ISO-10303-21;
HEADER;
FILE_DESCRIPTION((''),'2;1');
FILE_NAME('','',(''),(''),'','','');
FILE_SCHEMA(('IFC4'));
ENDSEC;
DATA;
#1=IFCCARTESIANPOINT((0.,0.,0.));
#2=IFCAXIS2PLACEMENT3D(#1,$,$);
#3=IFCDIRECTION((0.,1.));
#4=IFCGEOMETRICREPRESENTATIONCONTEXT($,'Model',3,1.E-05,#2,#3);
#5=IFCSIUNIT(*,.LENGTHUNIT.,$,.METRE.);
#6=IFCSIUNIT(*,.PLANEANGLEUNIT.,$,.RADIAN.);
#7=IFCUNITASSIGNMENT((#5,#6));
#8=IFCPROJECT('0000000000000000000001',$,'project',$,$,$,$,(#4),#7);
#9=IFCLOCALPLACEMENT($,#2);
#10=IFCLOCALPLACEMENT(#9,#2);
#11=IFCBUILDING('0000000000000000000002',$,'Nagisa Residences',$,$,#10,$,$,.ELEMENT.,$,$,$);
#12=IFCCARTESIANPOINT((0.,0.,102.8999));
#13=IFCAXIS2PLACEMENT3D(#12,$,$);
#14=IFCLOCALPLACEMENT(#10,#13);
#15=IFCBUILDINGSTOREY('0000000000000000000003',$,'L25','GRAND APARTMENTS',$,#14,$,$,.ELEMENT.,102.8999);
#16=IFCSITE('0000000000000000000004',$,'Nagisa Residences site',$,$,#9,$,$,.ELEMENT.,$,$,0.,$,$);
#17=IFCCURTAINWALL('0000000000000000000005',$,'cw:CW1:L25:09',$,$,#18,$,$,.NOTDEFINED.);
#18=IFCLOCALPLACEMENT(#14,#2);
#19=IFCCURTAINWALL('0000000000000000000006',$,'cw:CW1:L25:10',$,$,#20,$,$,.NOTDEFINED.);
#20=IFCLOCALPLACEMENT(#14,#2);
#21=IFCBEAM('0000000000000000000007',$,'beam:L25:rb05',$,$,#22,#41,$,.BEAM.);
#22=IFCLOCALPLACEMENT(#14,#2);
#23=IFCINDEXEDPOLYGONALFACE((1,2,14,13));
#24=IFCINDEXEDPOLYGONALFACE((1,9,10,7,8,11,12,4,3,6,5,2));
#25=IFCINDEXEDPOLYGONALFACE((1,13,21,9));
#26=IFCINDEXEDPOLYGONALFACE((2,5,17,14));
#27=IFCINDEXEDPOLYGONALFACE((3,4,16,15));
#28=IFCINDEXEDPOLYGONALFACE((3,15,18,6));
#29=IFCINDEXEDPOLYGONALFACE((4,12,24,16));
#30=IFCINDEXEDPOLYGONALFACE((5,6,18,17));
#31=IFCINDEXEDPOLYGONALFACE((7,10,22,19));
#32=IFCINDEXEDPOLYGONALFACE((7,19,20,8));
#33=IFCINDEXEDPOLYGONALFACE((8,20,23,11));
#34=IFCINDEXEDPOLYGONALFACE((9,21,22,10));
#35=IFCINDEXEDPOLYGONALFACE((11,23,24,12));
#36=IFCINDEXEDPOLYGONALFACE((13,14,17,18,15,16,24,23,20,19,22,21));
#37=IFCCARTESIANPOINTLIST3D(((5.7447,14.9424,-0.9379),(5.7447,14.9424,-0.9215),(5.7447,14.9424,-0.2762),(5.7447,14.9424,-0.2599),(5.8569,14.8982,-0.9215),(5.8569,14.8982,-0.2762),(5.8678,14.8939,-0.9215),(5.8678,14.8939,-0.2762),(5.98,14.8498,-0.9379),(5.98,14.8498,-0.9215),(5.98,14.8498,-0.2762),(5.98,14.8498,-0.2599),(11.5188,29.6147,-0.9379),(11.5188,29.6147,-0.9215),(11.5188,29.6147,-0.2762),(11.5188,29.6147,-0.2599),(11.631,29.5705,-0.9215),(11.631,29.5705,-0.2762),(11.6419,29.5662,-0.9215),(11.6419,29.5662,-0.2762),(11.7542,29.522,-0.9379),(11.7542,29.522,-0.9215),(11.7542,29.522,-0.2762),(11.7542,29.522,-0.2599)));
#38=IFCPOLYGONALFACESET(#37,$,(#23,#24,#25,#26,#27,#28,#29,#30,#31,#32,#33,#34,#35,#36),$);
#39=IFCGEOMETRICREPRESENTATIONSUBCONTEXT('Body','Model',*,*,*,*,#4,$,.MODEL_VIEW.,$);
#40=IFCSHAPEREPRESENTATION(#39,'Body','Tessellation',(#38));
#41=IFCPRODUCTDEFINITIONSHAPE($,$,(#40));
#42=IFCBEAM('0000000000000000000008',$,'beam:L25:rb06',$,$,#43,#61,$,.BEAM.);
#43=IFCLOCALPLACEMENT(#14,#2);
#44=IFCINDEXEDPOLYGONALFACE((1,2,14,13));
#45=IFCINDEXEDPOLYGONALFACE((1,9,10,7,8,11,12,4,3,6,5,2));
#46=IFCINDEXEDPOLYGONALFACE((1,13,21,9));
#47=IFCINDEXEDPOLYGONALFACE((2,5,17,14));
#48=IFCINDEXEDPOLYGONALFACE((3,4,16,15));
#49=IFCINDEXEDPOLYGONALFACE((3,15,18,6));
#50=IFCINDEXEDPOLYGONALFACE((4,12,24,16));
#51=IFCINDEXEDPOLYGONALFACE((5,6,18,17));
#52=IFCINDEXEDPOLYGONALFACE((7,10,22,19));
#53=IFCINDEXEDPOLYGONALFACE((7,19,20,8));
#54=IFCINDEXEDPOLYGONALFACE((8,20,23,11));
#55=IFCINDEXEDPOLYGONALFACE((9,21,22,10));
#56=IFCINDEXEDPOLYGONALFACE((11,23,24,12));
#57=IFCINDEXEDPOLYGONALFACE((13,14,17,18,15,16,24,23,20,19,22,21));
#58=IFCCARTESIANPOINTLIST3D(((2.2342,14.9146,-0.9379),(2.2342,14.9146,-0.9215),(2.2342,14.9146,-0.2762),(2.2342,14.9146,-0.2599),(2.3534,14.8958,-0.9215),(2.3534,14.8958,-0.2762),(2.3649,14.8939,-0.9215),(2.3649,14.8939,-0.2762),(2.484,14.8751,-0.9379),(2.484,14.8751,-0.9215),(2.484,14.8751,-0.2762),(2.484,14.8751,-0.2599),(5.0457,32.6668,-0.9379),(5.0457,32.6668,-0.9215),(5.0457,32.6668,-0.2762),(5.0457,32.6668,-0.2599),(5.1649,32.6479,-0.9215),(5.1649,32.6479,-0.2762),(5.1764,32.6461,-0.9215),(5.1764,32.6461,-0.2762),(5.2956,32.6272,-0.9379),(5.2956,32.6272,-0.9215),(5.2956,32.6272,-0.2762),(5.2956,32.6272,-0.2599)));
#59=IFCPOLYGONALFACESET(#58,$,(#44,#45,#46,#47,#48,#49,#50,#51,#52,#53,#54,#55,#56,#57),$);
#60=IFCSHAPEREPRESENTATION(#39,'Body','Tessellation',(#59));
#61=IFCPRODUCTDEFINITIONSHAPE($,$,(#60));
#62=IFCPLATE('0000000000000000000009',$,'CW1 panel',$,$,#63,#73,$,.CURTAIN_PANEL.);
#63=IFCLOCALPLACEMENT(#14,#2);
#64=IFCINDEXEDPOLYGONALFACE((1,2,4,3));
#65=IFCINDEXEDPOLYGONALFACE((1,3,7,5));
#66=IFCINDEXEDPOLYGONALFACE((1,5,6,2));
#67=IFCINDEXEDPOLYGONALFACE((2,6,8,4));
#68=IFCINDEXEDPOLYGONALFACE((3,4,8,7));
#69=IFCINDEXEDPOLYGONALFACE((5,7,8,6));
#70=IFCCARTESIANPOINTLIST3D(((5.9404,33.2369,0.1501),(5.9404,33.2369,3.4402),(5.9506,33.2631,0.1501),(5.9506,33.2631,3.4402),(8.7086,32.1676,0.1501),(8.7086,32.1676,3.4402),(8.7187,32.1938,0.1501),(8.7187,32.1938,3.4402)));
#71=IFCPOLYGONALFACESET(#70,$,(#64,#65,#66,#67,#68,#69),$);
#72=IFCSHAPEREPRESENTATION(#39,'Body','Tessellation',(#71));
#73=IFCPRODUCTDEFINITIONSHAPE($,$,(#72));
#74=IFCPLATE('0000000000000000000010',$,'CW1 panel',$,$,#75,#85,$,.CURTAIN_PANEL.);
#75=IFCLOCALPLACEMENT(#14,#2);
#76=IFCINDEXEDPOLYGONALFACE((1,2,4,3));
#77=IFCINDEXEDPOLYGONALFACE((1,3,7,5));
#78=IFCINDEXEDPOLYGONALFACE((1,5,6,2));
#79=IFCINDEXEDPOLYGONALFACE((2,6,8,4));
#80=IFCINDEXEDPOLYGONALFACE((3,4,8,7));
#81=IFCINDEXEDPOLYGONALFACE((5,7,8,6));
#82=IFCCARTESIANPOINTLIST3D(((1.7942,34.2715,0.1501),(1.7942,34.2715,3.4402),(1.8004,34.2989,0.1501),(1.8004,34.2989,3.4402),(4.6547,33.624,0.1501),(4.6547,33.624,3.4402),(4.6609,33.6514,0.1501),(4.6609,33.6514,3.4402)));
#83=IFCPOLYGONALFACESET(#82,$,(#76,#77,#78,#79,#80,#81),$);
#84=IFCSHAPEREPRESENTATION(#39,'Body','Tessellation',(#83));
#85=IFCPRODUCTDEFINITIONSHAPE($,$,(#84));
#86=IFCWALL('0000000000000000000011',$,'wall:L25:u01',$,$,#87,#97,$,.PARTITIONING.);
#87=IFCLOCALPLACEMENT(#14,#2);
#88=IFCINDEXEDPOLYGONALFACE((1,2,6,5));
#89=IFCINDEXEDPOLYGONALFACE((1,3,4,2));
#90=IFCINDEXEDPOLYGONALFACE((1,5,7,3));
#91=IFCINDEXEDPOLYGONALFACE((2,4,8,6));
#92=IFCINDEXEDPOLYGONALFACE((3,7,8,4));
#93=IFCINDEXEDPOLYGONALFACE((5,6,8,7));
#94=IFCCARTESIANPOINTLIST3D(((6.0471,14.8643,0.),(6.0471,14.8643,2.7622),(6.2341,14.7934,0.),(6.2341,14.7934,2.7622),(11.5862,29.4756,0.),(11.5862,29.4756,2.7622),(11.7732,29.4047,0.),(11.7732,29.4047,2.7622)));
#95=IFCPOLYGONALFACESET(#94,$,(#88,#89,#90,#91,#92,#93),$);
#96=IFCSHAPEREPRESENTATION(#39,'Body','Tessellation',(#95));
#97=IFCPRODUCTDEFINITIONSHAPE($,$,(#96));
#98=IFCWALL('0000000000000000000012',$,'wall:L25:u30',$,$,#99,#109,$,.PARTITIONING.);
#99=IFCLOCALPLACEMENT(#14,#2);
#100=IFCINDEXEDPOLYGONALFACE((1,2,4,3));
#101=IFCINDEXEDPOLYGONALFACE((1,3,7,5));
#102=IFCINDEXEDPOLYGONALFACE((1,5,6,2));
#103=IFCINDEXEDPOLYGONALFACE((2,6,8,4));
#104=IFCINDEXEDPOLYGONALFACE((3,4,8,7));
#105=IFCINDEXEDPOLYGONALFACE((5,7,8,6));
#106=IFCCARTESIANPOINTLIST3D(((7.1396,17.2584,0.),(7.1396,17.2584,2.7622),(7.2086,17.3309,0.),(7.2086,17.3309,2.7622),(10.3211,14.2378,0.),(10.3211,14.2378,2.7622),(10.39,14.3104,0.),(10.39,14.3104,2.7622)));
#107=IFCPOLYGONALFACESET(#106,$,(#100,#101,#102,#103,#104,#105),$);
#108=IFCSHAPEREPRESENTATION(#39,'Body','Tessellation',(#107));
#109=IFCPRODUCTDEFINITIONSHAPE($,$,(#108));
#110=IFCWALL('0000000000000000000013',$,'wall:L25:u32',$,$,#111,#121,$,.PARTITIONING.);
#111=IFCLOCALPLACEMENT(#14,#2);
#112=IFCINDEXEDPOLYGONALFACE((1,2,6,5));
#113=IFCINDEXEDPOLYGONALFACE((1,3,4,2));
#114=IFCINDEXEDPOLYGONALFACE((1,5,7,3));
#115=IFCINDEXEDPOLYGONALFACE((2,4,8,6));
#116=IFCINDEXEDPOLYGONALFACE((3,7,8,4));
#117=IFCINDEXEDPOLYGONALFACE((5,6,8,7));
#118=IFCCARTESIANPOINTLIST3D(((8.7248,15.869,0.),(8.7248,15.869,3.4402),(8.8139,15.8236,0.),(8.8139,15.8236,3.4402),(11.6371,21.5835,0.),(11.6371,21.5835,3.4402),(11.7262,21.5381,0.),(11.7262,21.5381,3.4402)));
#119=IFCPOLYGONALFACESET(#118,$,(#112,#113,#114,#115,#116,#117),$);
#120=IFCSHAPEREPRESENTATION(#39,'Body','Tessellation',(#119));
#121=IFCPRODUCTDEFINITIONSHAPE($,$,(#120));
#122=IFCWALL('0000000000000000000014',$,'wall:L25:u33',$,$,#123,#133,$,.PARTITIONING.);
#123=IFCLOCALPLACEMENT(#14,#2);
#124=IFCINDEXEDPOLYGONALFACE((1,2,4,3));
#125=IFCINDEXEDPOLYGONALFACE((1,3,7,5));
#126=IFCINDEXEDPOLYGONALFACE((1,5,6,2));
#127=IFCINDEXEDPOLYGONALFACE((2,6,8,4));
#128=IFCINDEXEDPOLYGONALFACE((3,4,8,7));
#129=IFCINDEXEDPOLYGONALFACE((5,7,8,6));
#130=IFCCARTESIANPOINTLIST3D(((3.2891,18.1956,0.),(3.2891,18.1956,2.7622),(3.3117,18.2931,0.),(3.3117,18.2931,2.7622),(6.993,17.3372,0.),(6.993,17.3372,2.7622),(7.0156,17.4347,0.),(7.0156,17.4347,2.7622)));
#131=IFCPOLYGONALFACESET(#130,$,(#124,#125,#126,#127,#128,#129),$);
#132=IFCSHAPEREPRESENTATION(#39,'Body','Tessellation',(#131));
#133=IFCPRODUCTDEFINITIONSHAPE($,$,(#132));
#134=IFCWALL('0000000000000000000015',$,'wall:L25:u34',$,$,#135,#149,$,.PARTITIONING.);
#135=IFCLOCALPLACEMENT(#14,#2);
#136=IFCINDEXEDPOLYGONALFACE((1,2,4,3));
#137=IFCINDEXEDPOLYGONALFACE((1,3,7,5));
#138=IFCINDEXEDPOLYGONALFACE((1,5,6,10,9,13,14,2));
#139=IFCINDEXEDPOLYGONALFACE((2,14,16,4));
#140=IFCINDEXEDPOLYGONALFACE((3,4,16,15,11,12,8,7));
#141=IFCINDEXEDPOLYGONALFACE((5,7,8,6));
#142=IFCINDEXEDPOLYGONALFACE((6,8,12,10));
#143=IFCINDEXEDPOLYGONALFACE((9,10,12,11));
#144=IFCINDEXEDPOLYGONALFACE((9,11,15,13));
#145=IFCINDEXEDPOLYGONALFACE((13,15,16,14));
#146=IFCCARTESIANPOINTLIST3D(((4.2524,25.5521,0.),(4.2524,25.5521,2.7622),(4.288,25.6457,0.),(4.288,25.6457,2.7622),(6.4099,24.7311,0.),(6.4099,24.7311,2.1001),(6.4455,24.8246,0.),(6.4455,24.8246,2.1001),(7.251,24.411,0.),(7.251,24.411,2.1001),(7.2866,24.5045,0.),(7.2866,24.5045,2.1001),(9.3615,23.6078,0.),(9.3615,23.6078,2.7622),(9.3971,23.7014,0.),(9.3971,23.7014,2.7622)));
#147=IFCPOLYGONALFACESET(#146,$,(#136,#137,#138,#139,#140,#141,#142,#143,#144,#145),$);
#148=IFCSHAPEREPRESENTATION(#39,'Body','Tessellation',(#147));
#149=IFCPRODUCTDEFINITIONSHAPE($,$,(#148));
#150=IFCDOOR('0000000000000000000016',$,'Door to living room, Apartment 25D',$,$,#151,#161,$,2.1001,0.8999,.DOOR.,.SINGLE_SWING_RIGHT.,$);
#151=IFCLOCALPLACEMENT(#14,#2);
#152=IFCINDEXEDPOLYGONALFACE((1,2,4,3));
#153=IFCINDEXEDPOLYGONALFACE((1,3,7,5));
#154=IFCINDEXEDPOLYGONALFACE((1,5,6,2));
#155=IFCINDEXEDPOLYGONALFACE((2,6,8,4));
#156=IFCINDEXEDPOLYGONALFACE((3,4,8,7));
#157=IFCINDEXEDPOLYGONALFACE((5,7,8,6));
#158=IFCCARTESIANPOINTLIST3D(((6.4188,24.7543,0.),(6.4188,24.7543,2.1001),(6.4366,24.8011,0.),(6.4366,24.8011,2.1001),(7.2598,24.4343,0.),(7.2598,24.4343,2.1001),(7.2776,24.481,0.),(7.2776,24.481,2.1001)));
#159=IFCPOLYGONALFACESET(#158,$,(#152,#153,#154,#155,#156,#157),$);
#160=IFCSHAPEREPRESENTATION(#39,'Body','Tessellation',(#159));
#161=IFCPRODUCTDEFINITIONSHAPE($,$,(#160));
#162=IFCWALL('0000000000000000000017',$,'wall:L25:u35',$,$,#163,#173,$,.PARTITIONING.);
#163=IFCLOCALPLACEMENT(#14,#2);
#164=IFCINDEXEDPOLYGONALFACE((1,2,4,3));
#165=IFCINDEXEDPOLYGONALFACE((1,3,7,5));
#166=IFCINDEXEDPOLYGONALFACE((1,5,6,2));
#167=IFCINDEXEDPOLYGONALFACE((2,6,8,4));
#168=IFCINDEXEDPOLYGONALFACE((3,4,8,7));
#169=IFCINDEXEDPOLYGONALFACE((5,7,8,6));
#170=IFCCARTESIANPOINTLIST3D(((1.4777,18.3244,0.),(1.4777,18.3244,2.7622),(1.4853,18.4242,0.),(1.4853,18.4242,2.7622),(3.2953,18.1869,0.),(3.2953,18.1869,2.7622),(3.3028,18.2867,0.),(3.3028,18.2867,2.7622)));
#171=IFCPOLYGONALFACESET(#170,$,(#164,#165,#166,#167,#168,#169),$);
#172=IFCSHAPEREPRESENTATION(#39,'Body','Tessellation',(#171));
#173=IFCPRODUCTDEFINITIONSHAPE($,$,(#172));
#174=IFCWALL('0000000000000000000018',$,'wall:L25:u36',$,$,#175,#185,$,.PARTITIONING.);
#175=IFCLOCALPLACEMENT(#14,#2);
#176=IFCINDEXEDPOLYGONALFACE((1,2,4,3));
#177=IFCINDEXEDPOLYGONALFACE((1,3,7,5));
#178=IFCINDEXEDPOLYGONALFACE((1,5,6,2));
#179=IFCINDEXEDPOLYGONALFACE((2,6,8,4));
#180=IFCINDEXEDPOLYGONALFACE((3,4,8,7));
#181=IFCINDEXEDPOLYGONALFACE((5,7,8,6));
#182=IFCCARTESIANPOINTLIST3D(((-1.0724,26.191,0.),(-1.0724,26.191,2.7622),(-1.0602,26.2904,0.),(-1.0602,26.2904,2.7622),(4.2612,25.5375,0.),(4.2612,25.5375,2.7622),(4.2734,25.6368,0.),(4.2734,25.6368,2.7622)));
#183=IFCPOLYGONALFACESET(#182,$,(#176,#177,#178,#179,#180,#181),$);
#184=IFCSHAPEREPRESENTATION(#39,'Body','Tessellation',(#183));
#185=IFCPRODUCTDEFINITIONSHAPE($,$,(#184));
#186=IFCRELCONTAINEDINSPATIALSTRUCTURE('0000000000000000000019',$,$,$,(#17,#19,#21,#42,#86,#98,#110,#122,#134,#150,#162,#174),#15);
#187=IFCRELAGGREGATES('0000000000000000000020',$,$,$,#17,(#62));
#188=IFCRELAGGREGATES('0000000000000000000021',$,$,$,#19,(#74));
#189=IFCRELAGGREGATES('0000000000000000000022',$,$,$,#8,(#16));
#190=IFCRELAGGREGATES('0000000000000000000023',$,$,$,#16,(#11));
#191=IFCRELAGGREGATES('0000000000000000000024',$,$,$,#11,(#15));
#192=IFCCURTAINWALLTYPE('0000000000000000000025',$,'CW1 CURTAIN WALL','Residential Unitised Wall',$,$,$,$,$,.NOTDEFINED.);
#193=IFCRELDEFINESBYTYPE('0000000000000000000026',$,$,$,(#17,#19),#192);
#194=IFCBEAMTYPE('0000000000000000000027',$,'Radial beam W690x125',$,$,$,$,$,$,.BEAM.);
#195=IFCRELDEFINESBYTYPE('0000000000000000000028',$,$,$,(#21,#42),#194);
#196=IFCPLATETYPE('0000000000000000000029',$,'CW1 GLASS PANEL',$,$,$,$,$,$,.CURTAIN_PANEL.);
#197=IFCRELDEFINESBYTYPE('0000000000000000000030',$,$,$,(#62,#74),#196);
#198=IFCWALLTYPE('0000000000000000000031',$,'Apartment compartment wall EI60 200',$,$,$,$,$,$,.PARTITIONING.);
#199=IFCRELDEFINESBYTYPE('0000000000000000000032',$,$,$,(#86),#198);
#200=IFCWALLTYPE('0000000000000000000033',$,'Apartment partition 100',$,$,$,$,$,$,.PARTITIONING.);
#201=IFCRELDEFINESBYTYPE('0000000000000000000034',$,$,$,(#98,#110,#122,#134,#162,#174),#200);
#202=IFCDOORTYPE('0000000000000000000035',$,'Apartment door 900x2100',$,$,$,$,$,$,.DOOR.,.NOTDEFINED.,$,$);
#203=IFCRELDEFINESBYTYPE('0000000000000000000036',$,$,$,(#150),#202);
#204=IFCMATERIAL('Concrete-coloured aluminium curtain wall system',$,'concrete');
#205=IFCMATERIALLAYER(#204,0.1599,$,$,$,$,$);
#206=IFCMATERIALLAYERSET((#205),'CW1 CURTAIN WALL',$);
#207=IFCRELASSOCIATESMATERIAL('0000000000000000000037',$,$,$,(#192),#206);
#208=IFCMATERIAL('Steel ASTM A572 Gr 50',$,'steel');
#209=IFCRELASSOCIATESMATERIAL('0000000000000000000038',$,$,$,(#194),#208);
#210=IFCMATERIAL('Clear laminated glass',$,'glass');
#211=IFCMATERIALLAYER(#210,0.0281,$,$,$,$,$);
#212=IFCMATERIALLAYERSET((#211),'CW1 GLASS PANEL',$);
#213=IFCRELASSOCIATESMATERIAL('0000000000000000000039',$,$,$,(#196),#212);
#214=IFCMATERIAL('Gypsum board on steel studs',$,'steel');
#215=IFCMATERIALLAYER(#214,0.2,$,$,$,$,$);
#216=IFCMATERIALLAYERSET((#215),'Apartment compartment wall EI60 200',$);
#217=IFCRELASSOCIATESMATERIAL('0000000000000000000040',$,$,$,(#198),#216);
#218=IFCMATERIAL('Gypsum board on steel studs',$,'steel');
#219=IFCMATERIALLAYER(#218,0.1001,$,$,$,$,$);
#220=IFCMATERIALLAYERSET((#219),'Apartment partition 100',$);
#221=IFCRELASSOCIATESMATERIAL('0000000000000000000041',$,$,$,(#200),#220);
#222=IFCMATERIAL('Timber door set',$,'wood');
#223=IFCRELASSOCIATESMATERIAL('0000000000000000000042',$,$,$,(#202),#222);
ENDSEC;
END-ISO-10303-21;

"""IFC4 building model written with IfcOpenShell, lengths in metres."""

from ifc_helpers import new_model, si_unit, direction, frame, frame_2d, origin, origin_2d, place, context, subcontext, project, spatial, rectangle, i_section, extrude, material, layer, layer_set, material_profile, profile_set, type_object, element, fill, aggregate, save


model = new_model("IFC4")

# Units and contexts
model_context = context("Model", 3, precision=1e-05, world=origin(), true_north=direction((0.0, 1.0)))
body_context = subcontext(model_context, "Body", "Model", "MODEL_VIEW")
ifc_project = project(units=[si_unit("LENGTHUNIT", "METRE"), si_unit("PLANEANGLEUNIT", "RADIAN")], contexts=[model_context])

# Site, building, storey
site_placement = place(None, origin())
site = spatial("IfcSite", under=ifc_project, at=site_placement, Name="Nagisa Residences site", CompositionType="ELEMENT", RefElevation=0.0)
building_placement = place(site_placement, origin())
building = spatial("IfcBuilding", under=site, at=building_placement, Name="Nagisa Residences", CompositionType="ELEMENT")
storey_placement = place(building_placement, frame((0.0, 0.0, 102.8999)))
storey = spatial("IfcBuildingStorey", under=building, at=storey_placement, Name="L25", Description="GRAND APARTMENTS", CompositionType="ELEMENT", Elevation=102.8999)

# Curtain walls
ifc_material_1 = material(Name="Concrete-coloured aluminium curtain wall system", Category="concrete")
ifc_layer_1 = layer(ifc_material_1, 0.1599)
ifc_layer_set_1 = layer_set([ifc_layer_1], Name="CW1 CURTAIN WALL")
curtain_wall_type = type_object("IfcCurtainWallType", Name="CW1 CURTAIN WALL", Description="Residential Unitised Wall", PredefinedType="NOTDEFINED", material=ifc_layer_set_1)
curtain_wall_1_placement = place(storey_placement, origin())
curtain_wall_1 = element("IfcCurtainWall", 1, at=curtain_wall_1_placement, inside=storey, type_object=curtain_wall_type, Name="cw:CW1:L25:09", PredefinedType="NOTDEFINED")
curtain_wall_2_placement = place(storey_placement, origin())
curtain_wall_2 = element("IfcCurtainWall", 2, at=curtain_wall_2_placement, inside=storey, type_object=curtain_wall_type, Name="cw:CW1:L25:10", PredefinedType="NOTDEFINED")

# Beams
ifc_material_2 = material(Name="Steel ASTM A572 Gr 50", Category="steel")
ifc_material_profile_1 = material_profile(ifc_material_2, i_section(OverallWidth=0.2529, OverallDepth=0.678, WebThickness=0.0117, FlangeThickness=0.0164, at=origin_2d()), Name="W690x125")
ifc_profile_set_1 = profile_set([ifc_material_profile_1], Name="Steel ASTM A572 Gr 50")
beam_type_1 = type_object("IfcBeamType", Name="Radial beam W690x125", PredefinedType="BEAM", material=ifc_profile_set_1)
beam_1_placement = place(storey_placement, frame((11.6365, 29.5684, -0.5989), z_axis=(-0.366203, -0.930535, 0.0), x_axis=(0.930535, -0.366203, 0.0)))
element("IfcBeam", 3, at=beam_1_placement, inside=storey, type_object=beam_type_1, Name="beam:L25:rb05", PredefinedType="BEAM", context=body_context, shape_type="SweptSolid", body=[
    extrude(i_section(OverallWidth=0.2529, OverallDepth=0.678, WebThickness=0.0117, FlangeThickness=0.0164, at=origin_2d()), origin(), (0.0, 0.0, 1.0), 15.7676),
])
beam_2_placement = place(storey_placement, frame((5.1707, 32.647, -0.5989), z_axis=(-0.156426, -0.98769, 0.0), x_axis=(0.98769, -0.156426, 0.0)))
element("IfcBeam", 4, at=beam_2_placement, inside=storey, type_object=beam_type_1, Name="beam:L25:rb06", PredefinedType="BEAM", context=body_context, shape_type="SweptSolid", body=[
    extrude(i_section(OverallWidth=0.2529, OverallDepth=0.678, WebThickness=0.0117, FlangeThickness=0.0164, at=origin_2d()), origin(), (0.0, 0.0, 1.0), 17.9734),
])

# Plates
ifc_material_3 = material(Name="Clear laminated glass", Category="glass")
ifc_layer_2 = layer(ifc_material_3, 0.0281)
ifc_layer_set_2 = layer_set([ifc_layer_2], Name="CW1 GLASS PANEL")
plate_type = type_object("IfcPlateType", Name="CW1 GLASS PANEL", PredefinedType="CURTAIN_PANEL", material=ifc_layer_set_2)
plate_1_placement = place(storey_placement, frame((7.3296, 32.7153, 0.1501), z_axis=(0.0, 0.0, 1.0), x_axis=(-0.932826, 0.360328, 0.0)))
plate_1 = element("IfcPlate", 5, at=plate_1_placement, type_object=plate_type, Name="CW1 panel", PredefinedType="CURTAIN_PANEL", context=body_context, shape_type="SweptSolid", body=[
    extrude(rectangle(XDim=2.9675, YDim=0.0281, at=origin_2d()), origin(), (0.0, 0.0, 1.0), 3.29),
])
aggregate(curtain_wall_1, [plate_1])
plate_2_placement = place(storey_placement, frame((3.2275, 33.9614, 0.1501), z_axis=(0.0, 0.0, 1.0), x_axis=(-0.975327, 0.220764, 0.0)))
plate_2 = element("IfcPlate", 6, at=plate_2_placement, type_object=plate_type, Name="CW1 panel", PredefinedType="CURTAIN_PANEL", context=body_context, shape_type="SweptSolid", body=[
    extrude(rectangle(XDim=2.9329, YDim=0.0281, at=origin_2d()), origin(), (0.0, 0.0, 1.0), 3.29),
])
aggregate(curtain_wall_2, [plate_2])

# Walls
ifc_material_4 = material(Name="Gypsum board on steel studs", Category="steel")
ifc_layer_3 = layer(ifc_material_4, 0.2)
ifc_layer_set_3 = layer_set([ifc_layer_3], Name="Apartment compartment wall EI60 200")
wall_type_1 = type_object("IfcWallType", Name="Apartment compartment wall EI60 200", PredefinedType="PARTITIONING", material=ifc_layer_set_3)
wall_1_placement = place(storey_placement, frame((6.1406, 14.8289, 0.0), z_axis=(0.0, 0.0, 1.0), x_axis=(0.354477, 0.935065, 0.0)))
element("IfcWall", 7, at=wall_1_placement, inside=storey, type_object=wall_type_1, Name="wall:L25:u01", PredefinedType="PARTITIONING", context=body_context, shape_type="SweptSolid", body=[
    extrude(rectangle(XDim=15.626, YDim=0.2, at=frame_2d((7.813, 0.0))), origin(), (0.0, 0.0, 1.0), 2.7622),
])
ifc_material_5 = material(Name="Gypsum board on steel studs", Category="steel")
ifc_layer_4 = layer(ifc_material_5, 0.1001)
ifc_layer_set_4 = layer_set([ifc_layer_4], Name="Apartment partition 100")
wall_type_2 = type_object("IfcWallType", Name="Apartment partition 100", PredefinedType="PARTITIONING", material=ifc_layer_set_4)
wall_2_placement = place(storey_placement, frame((10.3555, 14.2742, 0.0), z_axis=(0.0, 0.0, 1.0), x_axis=(-0.725206, 0.688532, 0.0)))
element("IfcWall", 8, at=wall_2_placement, inside=storey, type_object=wall_type_2, Name="wall:L25:u30", PredefinedType="PARTITIONING", context=body_context, shape_type="SweptSolid", body=[
    extrude(rectangle(XDim=4.387, YDim=0.1001, at=frame_2d((2.1934, 0.0))), origin(), (0.0, 0.0, 1.0), 2.7622),
])
wall_3_placement = place(storey_placement, frame((8.7693, 15.8462, 0.0), z_axis=(0.0, 0.0, 1.0), x_axis=(0.454067, 0.890967, 0.0)))
element("IfcWall", 9, at=wall_3_placement, inside=storey, type_object=wall_type_2, Name="wall:L25:u32", PredefinedType="PARTITIONING", context=body_context, shape_type="SweptSolid", body=[
    extrude(rectangle(XDim=6.4138, YDim=0.1001, at=frame_2d((3.207, 0.0))), origin(), (0.0, 0.0, 1.0), 3.4402),
])
wall_4_placement = place(storey_placement, frame((7.0042, 17.386, 0.0), z_axis=(0.0, 0.0, 1.0), x_axis=(-0.97418, 0.225774, 0.0)))
element("IfcWall", 10, at=wall_4_placement, inside=storey, type_object=wall_type_2, Name="wall:L25:u33", PredefinedType="PARTITIONING", context=body_context, shape_type="SweptSolid", body=[
    extrude(rectangle(XDim=3.802, YDim=0.1001, at=frame_2d((1.9009, 0.0))), origin(), (0.0, 0.0, 1.0), 2.7622),
])

# Wall, opening, door
wall_5_placement = place(storey_placement, frame((9.3794, 23.6545, 0.0), z_axis=(0.0, 0.0, 1.0), x_axis=(-0.934609, 0.355676, 0.0)))
wall_5 = element("IfcWall", 11, at=wall_5_placement, inside=storey, type_object=wall_type_2, Name="wall:L25:u34", PredefinedType="PARTITIONING", context=body_context, shape_type="SweptSolid", body=[
    extrude(rectangle(XDim=5.4666, YDim=0.1001, at=frame_2d((2.7334, 0.0))), origin(), (0.0, 0.0, 1.0), 2.7622),
])
opening_1_placement = place(wall_5_placement, frame((2.2583, 0.0, 0.0)))
opening_1 = element("IfcOpeningElement", 12, at=opening_1_placement, cuts=wall_5, PredefinedType="OPENING", context=body_context, shape_type="SweptSolid", body=[
    extrude(rectangle(XDim=0.8999, YDim=2.1001, at=frame_2d((0.45, 1.05))), frame((0.0, 0.0601, 0.0), z_axis=(0.0, -1.0, 0.0), x_axis=(1.0, 0.0, 0.0)), (0.0, 0.0, 1.0), 0.1201),
])
ifc_material_6 = material(Name="Timber door set", Category="wood")
door_type_1 = type_object("IfcDoorType", Name="Apartment door 900x2100", OperationType="NOTDEFINED", PredefinedType="DOOR", material=ifc_material_6)
door_1_placement = place(opening_1_placement, frame((0.8999, 0.0, 0.0), x_axis=(-1.0, 0.0, 0.0)))
door_1 = element("IfcDoor", 13, at=door_1_placement, inside=storey, type_object=door_type_1, Name="Door to living room, Apartment 25D", OperationType="SINGLE_SWING_RIGHT", OverallHeight=2.1001, OverallWidth=0.8999, PredefinedType="DOOR", context=body_context, shape_type="SweptSolid", body=[
    extrude(rectangle(XDim=0.8999, YDim=2.1001, at=frame_2d((0.45, 1.05))), frame((0.0, 0.0249, 0.0), z_axis=(0.0, -1.0, 0.0), x_axis=(1.0, 0.0, 0.0)), (0.0, 0.0, 1.0), 0.05),
])
fill(opening_1, door_1)

# Walls
wall_6_placement = place(storey_placement, frame((3.2991, 18.2368, 0.0), z_axis=(0.0, 0.0, 1.0), x_axis=(-0.997153, 0.075406, 0.0)))
element("IfcWall", 14, at=wall_6_placement, inside=storey, type_object=wall_type_2, Name="wall:L25:u35", PredefinedType="PARTITIONING", context=body_context, shape_type="SweptSolid", body=[
    extrude(rectangle(XDim=1.8228, YDim=0.1001, at=frame_2d((0.9114, 0.0))), origin(), (0.0, 0.0, 1.0), 2.7622),
])
wall_7_placement = place(storey_placement, frame((4.2673, 25.5872, 0.0), z_axis=(0.0, 0.0, 1.0), x_axis=(-0.992576, 0.121624, 0.0)))
element("IfcWall", 15, at=wall_7_placement, inside=storey, type_object=wall_type_2, Name="wall:L25:u36", PredefinedType="PARTITIONING", context=body_context, shape_type="SweptSolid", body=[
    extrude(rectangle(XDim=5.3735, YDim=0.1001, at=frame_2d((2.6868, 0.0))), origin(), (0.0, 0.0, 1.0), 2.7622),
])

save(model, "model.ifc")
